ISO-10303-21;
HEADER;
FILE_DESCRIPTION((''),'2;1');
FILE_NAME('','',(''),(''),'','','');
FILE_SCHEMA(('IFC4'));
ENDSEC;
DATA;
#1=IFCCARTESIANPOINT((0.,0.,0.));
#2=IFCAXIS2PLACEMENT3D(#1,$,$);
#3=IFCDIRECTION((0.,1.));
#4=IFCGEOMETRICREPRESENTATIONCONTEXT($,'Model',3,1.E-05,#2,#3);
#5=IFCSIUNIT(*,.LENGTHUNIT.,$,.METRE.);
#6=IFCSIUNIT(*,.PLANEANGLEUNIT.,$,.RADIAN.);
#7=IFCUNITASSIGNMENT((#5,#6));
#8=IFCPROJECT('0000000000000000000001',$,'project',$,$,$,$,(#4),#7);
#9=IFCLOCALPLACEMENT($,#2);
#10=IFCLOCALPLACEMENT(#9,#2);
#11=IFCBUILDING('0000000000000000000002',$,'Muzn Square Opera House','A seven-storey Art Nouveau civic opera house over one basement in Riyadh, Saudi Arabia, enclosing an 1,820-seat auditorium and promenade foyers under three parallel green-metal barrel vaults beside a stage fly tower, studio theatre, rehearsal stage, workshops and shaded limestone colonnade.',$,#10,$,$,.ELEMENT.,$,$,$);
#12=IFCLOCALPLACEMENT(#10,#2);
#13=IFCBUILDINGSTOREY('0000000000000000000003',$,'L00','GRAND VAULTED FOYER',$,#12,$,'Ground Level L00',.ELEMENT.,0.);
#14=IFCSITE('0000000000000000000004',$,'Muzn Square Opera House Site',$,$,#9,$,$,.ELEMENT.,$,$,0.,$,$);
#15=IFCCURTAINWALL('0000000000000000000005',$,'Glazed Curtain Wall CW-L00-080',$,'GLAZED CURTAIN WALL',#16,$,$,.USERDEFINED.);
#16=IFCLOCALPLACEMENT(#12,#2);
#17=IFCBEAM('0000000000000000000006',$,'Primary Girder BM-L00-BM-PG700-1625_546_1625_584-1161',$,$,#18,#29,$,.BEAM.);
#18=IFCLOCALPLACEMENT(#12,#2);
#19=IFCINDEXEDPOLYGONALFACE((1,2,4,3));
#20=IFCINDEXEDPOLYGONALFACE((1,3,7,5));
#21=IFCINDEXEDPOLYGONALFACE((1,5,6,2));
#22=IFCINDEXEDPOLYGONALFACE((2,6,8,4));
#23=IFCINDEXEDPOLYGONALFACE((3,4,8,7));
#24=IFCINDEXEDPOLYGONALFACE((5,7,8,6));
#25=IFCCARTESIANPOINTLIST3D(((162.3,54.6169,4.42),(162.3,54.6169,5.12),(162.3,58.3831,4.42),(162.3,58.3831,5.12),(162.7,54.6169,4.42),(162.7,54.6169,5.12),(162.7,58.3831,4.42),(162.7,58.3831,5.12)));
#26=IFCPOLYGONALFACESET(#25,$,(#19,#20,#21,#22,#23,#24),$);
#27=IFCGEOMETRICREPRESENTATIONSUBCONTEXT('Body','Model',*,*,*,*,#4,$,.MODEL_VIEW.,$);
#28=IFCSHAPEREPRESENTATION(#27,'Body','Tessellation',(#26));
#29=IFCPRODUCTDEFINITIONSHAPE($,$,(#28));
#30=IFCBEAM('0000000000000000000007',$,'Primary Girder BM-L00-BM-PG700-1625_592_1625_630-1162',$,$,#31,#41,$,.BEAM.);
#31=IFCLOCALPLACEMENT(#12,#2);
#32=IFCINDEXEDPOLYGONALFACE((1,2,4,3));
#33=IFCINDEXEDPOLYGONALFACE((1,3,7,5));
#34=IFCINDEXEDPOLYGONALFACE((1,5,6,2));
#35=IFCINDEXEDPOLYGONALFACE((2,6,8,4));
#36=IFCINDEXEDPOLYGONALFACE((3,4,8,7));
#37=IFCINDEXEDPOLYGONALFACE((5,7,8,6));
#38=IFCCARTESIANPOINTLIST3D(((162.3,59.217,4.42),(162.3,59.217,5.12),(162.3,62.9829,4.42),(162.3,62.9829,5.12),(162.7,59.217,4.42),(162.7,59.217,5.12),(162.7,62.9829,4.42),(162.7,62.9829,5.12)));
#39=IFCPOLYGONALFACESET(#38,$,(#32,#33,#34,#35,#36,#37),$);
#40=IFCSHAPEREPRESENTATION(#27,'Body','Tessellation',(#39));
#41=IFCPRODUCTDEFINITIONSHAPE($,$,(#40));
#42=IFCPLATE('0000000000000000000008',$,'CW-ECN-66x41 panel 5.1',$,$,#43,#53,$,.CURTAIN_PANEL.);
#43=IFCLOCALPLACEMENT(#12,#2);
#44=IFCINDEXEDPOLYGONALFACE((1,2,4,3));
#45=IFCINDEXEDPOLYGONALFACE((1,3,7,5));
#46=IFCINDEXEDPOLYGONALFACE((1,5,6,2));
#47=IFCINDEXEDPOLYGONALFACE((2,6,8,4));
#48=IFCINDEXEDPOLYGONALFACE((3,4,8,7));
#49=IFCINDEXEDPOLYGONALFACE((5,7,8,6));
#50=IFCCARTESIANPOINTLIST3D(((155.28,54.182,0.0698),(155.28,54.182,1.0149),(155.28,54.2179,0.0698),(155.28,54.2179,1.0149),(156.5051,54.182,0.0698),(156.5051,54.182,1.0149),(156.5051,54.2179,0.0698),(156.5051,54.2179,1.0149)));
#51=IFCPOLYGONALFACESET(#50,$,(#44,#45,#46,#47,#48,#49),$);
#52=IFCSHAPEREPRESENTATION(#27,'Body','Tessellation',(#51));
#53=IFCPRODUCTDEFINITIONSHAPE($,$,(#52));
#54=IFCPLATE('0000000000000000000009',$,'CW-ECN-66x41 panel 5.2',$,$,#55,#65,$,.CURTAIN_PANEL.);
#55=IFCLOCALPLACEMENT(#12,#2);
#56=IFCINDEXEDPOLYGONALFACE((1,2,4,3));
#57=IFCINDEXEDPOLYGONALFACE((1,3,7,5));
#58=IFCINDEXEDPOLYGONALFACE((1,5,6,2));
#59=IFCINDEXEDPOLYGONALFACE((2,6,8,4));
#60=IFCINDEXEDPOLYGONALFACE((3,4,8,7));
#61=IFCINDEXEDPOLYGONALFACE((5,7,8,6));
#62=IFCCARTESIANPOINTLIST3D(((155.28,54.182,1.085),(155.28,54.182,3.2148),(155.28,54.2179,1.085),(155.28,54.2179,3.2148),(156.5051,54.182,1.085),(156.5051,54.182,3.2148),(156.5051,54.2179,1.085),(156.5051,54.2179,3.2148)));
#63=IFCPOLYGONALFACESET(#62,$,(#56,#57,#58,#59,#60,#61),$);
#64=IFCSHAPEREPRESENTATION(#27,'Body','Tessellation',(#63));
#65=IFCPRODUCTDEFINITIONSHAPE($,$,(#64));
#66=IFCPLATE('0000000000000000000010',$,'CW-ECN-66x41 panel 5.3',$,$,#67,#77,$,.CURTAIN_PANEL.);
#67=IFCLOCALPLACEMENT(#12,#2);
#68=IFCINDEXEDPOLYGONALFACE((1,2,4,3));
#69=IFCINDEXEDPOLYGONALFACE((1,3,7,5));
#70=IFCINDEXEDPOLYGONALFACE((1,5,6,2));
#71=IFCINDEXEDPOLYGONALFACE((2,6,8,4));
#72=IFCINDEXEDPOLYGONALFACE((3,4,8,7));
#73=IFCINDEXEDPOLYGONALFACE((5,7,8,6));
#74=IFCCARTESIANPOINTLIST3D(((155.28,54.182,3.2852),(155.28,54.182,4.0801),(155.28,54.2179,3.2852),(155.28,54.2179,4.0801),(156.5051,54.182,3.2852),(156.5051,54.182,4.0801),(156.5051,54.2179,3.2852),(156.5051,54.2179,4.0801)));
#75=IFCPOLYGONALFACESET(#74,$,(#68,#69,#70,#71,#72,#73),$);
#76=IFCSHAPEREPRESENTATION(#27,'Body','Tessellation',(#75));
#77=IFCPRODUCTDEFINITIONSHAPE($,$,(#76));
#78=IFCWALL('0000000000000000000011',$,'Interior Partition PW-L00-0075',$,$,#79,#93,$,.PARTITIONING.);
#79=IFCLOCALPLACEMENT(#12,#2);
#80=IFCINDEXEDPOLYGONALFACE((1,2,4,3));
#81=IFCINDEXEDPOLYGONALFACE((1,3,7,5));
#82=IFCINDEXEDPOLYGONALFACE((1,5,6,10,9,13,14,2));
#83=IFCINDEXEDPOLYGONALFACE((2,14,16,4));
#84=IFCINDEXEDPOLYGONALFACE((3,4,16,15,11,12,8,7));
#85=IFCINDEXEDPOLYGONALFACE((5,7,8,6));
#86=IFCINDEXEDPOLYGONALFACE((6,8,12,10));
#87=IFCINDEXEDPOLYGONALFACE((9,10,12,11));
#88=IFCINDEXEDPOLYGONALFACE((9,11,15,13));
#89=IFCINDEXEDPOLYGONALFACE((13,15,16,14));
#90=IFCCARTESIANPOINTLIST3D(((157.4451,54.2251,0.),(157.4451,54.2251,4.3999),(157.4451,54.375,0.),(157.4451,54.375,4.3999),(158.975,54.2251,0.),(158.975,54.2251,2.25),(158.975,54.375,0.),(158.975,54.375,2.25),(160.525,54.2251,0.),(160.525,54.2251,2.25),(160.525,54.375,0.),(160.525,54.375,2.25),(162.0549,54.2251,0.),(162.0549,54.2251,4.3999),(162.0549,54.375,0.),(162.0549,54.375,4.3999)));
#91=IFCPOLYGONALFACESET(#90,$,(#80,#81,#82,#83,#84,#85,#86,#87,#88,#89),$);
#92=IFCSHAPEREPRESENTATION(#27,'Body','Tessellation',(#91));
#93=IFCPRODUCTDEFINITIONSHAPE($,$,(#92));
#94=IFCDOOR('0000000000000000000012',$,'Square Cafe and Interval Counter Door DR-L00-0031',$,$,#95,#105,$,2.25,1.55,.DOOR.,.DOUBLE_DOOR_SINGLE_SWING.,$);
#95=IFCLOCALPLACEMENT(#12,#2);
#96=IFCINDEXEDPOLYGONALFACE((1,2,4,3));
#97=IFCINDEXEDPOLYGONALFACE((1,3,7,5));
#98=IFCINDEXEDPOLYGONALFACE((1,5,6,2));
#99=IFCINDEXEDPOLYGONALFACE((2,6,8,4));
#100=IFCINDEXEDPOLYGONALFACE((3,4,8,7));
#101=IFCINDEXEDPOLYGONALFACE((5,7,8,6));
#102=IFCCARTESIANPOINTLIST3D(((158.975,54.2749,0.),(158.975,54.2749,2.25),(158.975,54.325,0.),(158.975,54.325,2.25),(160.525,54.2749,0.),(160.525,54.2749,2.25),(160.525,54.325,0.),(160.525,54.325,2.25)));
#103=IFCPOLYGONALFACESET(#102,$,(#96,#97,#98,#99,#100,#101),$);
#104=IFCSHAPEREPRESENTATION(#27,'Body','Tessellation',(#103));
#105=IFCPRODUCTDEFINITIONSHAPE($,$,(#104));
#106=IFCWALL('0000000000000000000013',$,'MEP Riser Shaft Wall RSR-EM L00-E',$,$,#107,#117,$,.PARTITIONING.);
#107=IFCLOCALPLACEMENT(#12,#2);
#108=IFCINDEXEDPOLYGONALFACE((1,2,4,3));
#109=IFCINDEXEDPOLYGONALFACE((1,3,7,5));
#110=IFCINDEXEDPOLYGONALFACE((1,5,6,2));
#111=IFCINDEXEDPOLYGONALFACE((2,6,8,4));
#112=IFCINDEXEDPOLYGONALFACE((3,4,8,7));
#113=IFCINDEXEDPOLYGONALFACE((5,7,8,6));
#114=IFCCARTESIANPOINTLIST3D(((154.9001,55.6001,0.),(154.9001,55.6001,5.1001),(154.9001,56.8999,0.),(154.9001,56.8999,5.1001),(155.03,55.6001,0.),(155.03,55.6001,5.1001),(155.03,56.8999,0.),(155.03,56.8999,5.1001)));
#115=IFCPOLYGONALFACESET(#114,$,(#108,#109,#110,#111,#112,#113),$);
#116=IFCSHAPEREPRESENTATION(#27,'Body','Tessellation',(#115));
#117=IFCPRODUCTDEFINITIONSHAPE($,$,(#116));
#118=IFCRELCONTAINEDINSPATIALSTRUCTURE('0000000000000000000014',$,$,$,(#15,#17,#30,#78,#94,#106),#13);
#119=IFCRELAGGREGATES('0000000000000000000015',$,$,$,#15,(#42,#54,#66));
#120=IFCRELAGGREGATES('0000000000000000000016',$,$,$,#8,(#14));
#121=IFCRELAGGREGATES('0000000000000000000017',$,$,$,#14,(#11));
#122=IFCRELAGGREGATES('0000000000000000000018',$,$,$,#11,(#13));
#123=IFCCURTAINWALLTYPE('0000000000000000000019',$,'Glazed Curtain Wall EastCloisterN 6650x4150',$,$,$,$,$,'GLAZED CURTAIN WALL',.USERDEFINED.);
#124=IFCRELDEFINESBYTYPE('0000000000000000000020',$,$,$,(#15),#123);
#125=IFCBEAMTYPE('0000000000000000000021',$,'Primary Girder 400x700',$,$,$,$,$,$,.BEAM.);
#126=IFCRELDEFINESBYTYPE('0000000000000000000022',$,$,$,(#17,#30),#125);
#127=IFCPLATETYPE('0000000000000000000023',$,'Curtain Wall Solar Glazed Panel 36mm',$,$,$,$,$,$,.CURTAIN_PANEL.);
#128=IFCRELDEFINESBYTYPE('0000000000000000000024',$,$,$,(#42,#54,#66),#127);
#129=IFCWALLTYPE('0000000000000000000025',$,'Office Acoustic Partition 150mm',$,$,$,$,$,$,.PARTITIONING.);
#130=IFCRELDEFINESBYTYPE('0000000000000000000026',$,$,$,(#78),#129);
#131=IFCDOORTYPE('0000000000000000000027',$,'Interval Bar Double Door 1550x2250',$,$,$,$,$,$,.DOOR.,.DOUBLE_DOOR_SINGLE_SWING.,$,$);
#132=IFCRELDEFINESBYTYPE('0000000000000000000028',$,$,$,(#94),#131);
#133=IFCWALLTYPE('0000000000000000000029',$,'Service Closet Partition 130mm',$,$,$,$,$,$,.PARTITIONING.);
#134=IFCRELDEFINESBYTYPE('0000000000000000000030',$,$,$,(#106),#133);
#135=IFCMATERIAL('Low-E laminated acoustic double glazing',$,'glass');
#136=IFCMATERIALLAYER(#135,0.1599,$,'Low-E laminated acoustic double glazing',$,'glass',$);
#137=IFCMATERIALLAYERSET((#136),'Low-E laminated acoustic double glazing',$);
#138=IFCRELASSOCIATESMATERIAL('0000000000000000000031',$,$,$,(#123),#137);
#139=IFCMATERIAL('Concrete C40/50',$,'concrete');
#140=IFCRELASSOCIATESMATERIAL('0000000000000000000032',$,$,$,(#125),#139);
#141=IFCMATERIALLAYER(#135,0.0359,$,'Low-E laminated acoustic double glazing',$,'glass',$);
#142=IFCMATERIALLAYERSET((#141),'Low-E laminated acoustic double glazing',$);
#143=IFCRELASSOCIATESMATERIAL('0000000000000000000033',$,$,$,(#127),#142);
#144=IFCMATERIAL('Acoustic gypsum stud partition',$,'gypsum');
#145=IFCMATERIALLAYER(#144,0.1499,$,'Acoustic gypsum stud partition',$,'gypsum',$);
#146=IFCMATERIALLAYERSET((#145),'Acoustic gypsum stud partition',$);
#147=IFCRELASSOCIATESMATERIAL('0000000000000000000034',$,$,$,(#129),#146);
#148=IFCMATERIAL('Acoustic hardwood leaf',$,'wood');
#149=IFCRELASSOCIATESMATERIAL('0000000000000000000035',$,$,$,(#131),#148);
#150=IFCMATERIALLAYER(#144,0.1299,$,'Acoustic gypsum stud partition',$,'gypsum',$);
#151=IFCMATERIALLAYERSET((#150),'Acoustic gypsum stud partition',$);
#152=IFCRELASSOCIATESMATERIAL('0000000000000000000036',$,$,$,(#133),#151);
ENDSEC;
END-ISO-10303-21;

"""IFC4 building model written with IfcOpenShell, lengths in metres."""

from ifc_helpers import new_model, si_unit, direction, frame, frame_2d, origin, origin_2d, place, context, subcontext, project, spatial, rectangle, extrude, material, layer, layer_set, material_profile, profile_set, type_object, element, fill, aggregate, save


model = new_model("IFC4")

# Units and contexts
model_context = context("Model", 3, precision=1e-05, world=origin(), true_north=direction((0.0, 1.0)))
body_context = subcontext(model_context, "Body", "Model", "MODEL_VIEW")
ifc_project = project(units=[si_unit("LENGTHUNIT", "METRE"), si_unit("PLANEANGLEUNIT", "RADIAN")], contexts=[model_context])

# Site, building, storey
site_placement = place(None, origin())
site = spatial("IfcSite", under=ifc_project, at=site_placement, Name="Muzn Square Opera House Site", CompositionType="ELEMENT", RefElevation=0.0)
building_placement = place(site_placement, origin())
building = spatial("IfcBuilding", under=site, at=building_placement, Name="Muzn Square Opera House", Description="A seven-storey Art Nouveau civic opera house over one basement in Riyadh, Saudi Arabia, enclosing an 1,820-seat auditorium and promenade foyers under three parallel green-metal barrel vaults beside a stage fly tower, studio theatre, rehearsal stage, workshops and shaded limestone colonnade.", CompositionType="ELEMENT")
storey_placement = place(building_placement, origin())
storey = spatial("IfcBuildingStorey", under=building, at=storey_placement, Name="L00", Description="GRAND VAULTED FOYER", LongName="Ground Level L00", CompositionType="ELEMENT", Elevation=0.0)

# Curtain wall
ifc_material_1 = material(Name="Low-E laminated acoustic double glazing", Category="glass")
ifc_layer_1 = layer(ifc_material_1, 0.1599, Name="Low-E laminated acoustic double glazing", Category="glass")
ifc_layer_set_1 = layer_set([ifc_layer_1], Name="Low-E laminated acoustic double glazing")
curtain_wall_type = type_object("IfcCurtainWallType", Name="Glazed Curtain Wall EastCloisterN 6650x4150", ElementType="GLAZED CURTAIN WALL", PredefinedType="USERDEFINED", material=ifc_layer_set_1)
curtain_wall_placement = place(storey_placement, origin())
curtain_wall = element("IfcCurtainWall", 1, at=curtain_wall_placement, inside=storey, type_object=curtain_wall_type, Name="Glazed Curtain Wall CW-L00-080", ObjectType="GLAZED CURTAIN WALL", PredefinedType="USERDEFINED")

# Beams
ifc_material_2 = material(Name="Concrete C40/50", Category="concrete")
ifc_material_profile_1 = material_profile(ifc_material_2, rectangle(XDim=0.3999, YDim=0.7, at=origin_2d()), Name="RCB 400x700", Category="concrete")
ifc_profile_set_1 = profile_set([ifc_material_profile_1], Name="Concrete C40/50")
beam_type = type_object("IfcBeamType", Name="Primary Girder 400x700", PredefinedType="BEAM", material=ifc_profile_set_1)
beam_1_placement = place(storey_placement, frame((162.5, 54.6169, 4.77), z_axis=(0.0, 1.0, 0.0), x_axis=(-1.0, 0.0, 0.0)))
element("IfcBeam", 2, at=beam_1_placement, inside=storey, type_object=beam_type, Name="Primary Girder BM-L00-BM-PG700-1625_546_1625_584-1161", PredefinedType="BEAM", context=body_context, shape_type="SweptSolid", body=[
    extrude(rectangle(XDim=0.3999, YDim=0.7, at=origin_2d()), origin(), (0.0, 0.0, 1.0), 3.7661),
])
beam_2_placement = place(storey_placement, frame((162.5, 59.217, 4.77), z_axis=(0.0, 1.0, 0.0), x_axis=(-1.0, 0.0, 0.0)))
element("IfcBeam", 3, at=beam_2_placement, inside=storey, type_object=beam_type, Name="Primary Girder BM-L00-BM-PG700-1625_592_1625_630-1162", PredefinedType="BEAM", context=body_context, shape_type="SweptSolid", body=[
    extrude(rectangle(XDim=0.3999, YDim=0.7, at=origin_2d()), origin(), (0.0, 0.0, 1.0), 3.7659),
])

# Plates
ifc_layer_2 = layer(ifc_material_1, 0.0359, Name="Low-E laminated acoustic double glazing", Category="glass")
ifc_layer_set_2 = layer_set([ifc_layer_2], Name="Low-E laminated acoustic double glazing")
plate_type = type_object("IfcPlateType", Name="Curtain Wall Solar Glazed Panel 36mm", PredefinedType="CURTAIN_PANEL", material=ifc_layer_set_2)
plate_1_placement = place(storey_placement, frame((155.8926, 54.2, 0.0698), z_axis=(0.0, 0.0, 1.0), x_axis=(1.0, 0.0, 0.0)))
plate_1 = element("IfcPlate", 4, at=plate_1_placement, type_object=plate_type, Name="CW-ECN-66x41 panel 5.1", PredefinedType="CURTAIN_PANEL", context=body_context, shape_type="SweptSolid", body=[
    extrude(rectangle(XDim=1.2251, YDim=0.0359, at=origin_2d()), origin(), (0.0, 0.0, 1.0), 0.9451),
])
plate_2_placement = place(storey_placement, frame((155.8926, 54.2, 1.085), z_axis=(0.0, 0.0, 1.0), x_axis=(1.0, 0.0, 0.0)))
plate_2 = element("IfcPlate", 5, at=plate_2_placement, type_object=plate_type, Name="CW-ECN-66x41 panel 5.2", PredefinedType="CURTAIN_PANEL", context=body_context, shape_type="SweptSolid", body=[
    extrude(rectangle(XDim=1.2251, YDim=0.0359, at=origin_2d()), origin(), (0.0, 0.0, 1.0), 2.1299),
])
plate_3_placement = place(storey_placement, frame((155.8926, 54.2, 3.2852), z_axis=(0.0, 0.0, 1.0), x_axis=(1.0, 0.0, 0.0)))
plate_3 = element("IfcPlate", 6, at=plate_3_placement, type_object=plate_type, Name="CW-ECN-66x41 panel 5.3", PredefinedType="CURTAIN_PANEL", context=body_context, shape_type="SweptSolid", body=[
    extrude(rectangle(XDim=1.2251, YDim=0.0359, at=origin_2d()), origin(), (0.0, 0.0, 1.0), 0.7949),
])
aggregate(curtain_wall, [plate_1, plate_2, plate_3])

# Wall, opening, door
ifc_material_3 = material(Name="Acoustic gypsum stud partition", Category="gypsum")
ifc_layer_3 = layer(ifc_material_3, 0.1499, Name="Acoustic gypsum stud partition", Category="gypsum")
ifc_layer_set_3 = layer_set([ifc_layer_3], Name="Acoustic gypsum stud partition")
wall_type_1 = type_object("IfcWallType", Name="Office Acoustic Partition 150mm", PredefinedType="PARTITIONING", material=ifc_layer_set_3)
wall_1_placement = place(storey_placement, frame((157.4451, 54.3, 0.0), z_axis=(0.0, 0.0, 1.0), x_axis=(1.0, 0.0, 0.0)))
wall_1 = element("IfcWall", 7, at=wall_1_placement, inside=storey, type_object=wall_type_1, Name="Interior Partition PW-L00-0075", PredefinedType="PARTITIONING", context=body_context, shape_type="SweptSolid", body=[
    extrude(rectangle(XDim=4.6099, YDim=0.1499, at=frame_2d((2.3049, 0.0))), origin(), (0.0, 0.0, 1.0), 4.3999),
])
opening_placement = place(wall_1_placement, frame((1.53, 0.0, 0.0)))
opening = element("IfcOpeningElement", 8, at=opening_placement, cuts=wall_1, PredefinedType="OPENING", context=body_context, shape_type="SweptSolid", body=[
    extrude(rectangle(XDim=1.55, YDim=2.25, at=frame_2d((0.7749, 1.125))), frame((0.0, 0.085, 0.0), z_axis=(0.0, -1.0, 0.0), x_axis=(1.0, 0.0, 0.0)), (0.0, 0.0, 1.0), 0.1699),
])
ifc_material_4 = material(Name="Acoustic hardwood leaf", Category="wood")
door_type = type_object("IfcDoorType", Name="Interval Bar Double Door 1550x2250", OperationType="DOUBLE_DOOR_SINGLE_SWING", PredefinedType="DOOR", material=ifc_material_4)
door_placement = place(opening_placement, origin())
door = element("IfcDoor", 9, at=door_placement, inside=storey, type_object=door_type, Name="Square Cafe and Interval Counter Door DR-L00-0031", OperationType="DOUBLE_DOOR_SINGLE_SWING", OverallHeight=2.25, OverallWidth=1.55, PredefinedType="DOOR", context=body_context, shape_type="SweptSolid", body=[
    extrude(rectangle(XDim=1.55, YDim=2.25, at=frame_2d((0.7749, 1.125))), frame((0.0, 0.0249, 0.0), z_axis=(0.0, -1.0, 0.0), x_axis=(1.0, 0.0, 0.0)), (0.0, 0.0, 1.0), 0.05),
])
fill(opening, door)

# Wall
ifc_layer_4 = layer(ifc_material_3, 0.1299, Name="Acoustic gypsum stud partition", Category="gypsum")
ifc_layer_set_4 = layer_set([ifc_layer_4], Name="Acoustic gypsum stud partition")
wall_type_2 = type_object("IfcWallType", Name="Service Closet Partition 130mm", PredefinedType="PARTITIONING", material=ifc_layer_set_4)
wall_2_placement = place(storey_placement, frame((154.9651, 55.6001, 0.0), z_axis=(0.0, 0.0, 1.0), x_axis=(0.0, 1.0, 0.0)))
element("IfcWall", 10, at=wall_2_placement, inside=storey, type_object=wall_type_2, Name="MEP Riser Shaft Wall RSR-EM L00-E", PredefinedType="PARTITIONING", context=body_context, shape_type="SweptSolid", body=[
    extrude(rectangle(XDim=1.2998, YDim=0.1299, at=frame_2d((0.6499, 0.0))), origin(), (0.0, 0.0, 1.0), 5.1001),
])

save(model, "model.ifc")
